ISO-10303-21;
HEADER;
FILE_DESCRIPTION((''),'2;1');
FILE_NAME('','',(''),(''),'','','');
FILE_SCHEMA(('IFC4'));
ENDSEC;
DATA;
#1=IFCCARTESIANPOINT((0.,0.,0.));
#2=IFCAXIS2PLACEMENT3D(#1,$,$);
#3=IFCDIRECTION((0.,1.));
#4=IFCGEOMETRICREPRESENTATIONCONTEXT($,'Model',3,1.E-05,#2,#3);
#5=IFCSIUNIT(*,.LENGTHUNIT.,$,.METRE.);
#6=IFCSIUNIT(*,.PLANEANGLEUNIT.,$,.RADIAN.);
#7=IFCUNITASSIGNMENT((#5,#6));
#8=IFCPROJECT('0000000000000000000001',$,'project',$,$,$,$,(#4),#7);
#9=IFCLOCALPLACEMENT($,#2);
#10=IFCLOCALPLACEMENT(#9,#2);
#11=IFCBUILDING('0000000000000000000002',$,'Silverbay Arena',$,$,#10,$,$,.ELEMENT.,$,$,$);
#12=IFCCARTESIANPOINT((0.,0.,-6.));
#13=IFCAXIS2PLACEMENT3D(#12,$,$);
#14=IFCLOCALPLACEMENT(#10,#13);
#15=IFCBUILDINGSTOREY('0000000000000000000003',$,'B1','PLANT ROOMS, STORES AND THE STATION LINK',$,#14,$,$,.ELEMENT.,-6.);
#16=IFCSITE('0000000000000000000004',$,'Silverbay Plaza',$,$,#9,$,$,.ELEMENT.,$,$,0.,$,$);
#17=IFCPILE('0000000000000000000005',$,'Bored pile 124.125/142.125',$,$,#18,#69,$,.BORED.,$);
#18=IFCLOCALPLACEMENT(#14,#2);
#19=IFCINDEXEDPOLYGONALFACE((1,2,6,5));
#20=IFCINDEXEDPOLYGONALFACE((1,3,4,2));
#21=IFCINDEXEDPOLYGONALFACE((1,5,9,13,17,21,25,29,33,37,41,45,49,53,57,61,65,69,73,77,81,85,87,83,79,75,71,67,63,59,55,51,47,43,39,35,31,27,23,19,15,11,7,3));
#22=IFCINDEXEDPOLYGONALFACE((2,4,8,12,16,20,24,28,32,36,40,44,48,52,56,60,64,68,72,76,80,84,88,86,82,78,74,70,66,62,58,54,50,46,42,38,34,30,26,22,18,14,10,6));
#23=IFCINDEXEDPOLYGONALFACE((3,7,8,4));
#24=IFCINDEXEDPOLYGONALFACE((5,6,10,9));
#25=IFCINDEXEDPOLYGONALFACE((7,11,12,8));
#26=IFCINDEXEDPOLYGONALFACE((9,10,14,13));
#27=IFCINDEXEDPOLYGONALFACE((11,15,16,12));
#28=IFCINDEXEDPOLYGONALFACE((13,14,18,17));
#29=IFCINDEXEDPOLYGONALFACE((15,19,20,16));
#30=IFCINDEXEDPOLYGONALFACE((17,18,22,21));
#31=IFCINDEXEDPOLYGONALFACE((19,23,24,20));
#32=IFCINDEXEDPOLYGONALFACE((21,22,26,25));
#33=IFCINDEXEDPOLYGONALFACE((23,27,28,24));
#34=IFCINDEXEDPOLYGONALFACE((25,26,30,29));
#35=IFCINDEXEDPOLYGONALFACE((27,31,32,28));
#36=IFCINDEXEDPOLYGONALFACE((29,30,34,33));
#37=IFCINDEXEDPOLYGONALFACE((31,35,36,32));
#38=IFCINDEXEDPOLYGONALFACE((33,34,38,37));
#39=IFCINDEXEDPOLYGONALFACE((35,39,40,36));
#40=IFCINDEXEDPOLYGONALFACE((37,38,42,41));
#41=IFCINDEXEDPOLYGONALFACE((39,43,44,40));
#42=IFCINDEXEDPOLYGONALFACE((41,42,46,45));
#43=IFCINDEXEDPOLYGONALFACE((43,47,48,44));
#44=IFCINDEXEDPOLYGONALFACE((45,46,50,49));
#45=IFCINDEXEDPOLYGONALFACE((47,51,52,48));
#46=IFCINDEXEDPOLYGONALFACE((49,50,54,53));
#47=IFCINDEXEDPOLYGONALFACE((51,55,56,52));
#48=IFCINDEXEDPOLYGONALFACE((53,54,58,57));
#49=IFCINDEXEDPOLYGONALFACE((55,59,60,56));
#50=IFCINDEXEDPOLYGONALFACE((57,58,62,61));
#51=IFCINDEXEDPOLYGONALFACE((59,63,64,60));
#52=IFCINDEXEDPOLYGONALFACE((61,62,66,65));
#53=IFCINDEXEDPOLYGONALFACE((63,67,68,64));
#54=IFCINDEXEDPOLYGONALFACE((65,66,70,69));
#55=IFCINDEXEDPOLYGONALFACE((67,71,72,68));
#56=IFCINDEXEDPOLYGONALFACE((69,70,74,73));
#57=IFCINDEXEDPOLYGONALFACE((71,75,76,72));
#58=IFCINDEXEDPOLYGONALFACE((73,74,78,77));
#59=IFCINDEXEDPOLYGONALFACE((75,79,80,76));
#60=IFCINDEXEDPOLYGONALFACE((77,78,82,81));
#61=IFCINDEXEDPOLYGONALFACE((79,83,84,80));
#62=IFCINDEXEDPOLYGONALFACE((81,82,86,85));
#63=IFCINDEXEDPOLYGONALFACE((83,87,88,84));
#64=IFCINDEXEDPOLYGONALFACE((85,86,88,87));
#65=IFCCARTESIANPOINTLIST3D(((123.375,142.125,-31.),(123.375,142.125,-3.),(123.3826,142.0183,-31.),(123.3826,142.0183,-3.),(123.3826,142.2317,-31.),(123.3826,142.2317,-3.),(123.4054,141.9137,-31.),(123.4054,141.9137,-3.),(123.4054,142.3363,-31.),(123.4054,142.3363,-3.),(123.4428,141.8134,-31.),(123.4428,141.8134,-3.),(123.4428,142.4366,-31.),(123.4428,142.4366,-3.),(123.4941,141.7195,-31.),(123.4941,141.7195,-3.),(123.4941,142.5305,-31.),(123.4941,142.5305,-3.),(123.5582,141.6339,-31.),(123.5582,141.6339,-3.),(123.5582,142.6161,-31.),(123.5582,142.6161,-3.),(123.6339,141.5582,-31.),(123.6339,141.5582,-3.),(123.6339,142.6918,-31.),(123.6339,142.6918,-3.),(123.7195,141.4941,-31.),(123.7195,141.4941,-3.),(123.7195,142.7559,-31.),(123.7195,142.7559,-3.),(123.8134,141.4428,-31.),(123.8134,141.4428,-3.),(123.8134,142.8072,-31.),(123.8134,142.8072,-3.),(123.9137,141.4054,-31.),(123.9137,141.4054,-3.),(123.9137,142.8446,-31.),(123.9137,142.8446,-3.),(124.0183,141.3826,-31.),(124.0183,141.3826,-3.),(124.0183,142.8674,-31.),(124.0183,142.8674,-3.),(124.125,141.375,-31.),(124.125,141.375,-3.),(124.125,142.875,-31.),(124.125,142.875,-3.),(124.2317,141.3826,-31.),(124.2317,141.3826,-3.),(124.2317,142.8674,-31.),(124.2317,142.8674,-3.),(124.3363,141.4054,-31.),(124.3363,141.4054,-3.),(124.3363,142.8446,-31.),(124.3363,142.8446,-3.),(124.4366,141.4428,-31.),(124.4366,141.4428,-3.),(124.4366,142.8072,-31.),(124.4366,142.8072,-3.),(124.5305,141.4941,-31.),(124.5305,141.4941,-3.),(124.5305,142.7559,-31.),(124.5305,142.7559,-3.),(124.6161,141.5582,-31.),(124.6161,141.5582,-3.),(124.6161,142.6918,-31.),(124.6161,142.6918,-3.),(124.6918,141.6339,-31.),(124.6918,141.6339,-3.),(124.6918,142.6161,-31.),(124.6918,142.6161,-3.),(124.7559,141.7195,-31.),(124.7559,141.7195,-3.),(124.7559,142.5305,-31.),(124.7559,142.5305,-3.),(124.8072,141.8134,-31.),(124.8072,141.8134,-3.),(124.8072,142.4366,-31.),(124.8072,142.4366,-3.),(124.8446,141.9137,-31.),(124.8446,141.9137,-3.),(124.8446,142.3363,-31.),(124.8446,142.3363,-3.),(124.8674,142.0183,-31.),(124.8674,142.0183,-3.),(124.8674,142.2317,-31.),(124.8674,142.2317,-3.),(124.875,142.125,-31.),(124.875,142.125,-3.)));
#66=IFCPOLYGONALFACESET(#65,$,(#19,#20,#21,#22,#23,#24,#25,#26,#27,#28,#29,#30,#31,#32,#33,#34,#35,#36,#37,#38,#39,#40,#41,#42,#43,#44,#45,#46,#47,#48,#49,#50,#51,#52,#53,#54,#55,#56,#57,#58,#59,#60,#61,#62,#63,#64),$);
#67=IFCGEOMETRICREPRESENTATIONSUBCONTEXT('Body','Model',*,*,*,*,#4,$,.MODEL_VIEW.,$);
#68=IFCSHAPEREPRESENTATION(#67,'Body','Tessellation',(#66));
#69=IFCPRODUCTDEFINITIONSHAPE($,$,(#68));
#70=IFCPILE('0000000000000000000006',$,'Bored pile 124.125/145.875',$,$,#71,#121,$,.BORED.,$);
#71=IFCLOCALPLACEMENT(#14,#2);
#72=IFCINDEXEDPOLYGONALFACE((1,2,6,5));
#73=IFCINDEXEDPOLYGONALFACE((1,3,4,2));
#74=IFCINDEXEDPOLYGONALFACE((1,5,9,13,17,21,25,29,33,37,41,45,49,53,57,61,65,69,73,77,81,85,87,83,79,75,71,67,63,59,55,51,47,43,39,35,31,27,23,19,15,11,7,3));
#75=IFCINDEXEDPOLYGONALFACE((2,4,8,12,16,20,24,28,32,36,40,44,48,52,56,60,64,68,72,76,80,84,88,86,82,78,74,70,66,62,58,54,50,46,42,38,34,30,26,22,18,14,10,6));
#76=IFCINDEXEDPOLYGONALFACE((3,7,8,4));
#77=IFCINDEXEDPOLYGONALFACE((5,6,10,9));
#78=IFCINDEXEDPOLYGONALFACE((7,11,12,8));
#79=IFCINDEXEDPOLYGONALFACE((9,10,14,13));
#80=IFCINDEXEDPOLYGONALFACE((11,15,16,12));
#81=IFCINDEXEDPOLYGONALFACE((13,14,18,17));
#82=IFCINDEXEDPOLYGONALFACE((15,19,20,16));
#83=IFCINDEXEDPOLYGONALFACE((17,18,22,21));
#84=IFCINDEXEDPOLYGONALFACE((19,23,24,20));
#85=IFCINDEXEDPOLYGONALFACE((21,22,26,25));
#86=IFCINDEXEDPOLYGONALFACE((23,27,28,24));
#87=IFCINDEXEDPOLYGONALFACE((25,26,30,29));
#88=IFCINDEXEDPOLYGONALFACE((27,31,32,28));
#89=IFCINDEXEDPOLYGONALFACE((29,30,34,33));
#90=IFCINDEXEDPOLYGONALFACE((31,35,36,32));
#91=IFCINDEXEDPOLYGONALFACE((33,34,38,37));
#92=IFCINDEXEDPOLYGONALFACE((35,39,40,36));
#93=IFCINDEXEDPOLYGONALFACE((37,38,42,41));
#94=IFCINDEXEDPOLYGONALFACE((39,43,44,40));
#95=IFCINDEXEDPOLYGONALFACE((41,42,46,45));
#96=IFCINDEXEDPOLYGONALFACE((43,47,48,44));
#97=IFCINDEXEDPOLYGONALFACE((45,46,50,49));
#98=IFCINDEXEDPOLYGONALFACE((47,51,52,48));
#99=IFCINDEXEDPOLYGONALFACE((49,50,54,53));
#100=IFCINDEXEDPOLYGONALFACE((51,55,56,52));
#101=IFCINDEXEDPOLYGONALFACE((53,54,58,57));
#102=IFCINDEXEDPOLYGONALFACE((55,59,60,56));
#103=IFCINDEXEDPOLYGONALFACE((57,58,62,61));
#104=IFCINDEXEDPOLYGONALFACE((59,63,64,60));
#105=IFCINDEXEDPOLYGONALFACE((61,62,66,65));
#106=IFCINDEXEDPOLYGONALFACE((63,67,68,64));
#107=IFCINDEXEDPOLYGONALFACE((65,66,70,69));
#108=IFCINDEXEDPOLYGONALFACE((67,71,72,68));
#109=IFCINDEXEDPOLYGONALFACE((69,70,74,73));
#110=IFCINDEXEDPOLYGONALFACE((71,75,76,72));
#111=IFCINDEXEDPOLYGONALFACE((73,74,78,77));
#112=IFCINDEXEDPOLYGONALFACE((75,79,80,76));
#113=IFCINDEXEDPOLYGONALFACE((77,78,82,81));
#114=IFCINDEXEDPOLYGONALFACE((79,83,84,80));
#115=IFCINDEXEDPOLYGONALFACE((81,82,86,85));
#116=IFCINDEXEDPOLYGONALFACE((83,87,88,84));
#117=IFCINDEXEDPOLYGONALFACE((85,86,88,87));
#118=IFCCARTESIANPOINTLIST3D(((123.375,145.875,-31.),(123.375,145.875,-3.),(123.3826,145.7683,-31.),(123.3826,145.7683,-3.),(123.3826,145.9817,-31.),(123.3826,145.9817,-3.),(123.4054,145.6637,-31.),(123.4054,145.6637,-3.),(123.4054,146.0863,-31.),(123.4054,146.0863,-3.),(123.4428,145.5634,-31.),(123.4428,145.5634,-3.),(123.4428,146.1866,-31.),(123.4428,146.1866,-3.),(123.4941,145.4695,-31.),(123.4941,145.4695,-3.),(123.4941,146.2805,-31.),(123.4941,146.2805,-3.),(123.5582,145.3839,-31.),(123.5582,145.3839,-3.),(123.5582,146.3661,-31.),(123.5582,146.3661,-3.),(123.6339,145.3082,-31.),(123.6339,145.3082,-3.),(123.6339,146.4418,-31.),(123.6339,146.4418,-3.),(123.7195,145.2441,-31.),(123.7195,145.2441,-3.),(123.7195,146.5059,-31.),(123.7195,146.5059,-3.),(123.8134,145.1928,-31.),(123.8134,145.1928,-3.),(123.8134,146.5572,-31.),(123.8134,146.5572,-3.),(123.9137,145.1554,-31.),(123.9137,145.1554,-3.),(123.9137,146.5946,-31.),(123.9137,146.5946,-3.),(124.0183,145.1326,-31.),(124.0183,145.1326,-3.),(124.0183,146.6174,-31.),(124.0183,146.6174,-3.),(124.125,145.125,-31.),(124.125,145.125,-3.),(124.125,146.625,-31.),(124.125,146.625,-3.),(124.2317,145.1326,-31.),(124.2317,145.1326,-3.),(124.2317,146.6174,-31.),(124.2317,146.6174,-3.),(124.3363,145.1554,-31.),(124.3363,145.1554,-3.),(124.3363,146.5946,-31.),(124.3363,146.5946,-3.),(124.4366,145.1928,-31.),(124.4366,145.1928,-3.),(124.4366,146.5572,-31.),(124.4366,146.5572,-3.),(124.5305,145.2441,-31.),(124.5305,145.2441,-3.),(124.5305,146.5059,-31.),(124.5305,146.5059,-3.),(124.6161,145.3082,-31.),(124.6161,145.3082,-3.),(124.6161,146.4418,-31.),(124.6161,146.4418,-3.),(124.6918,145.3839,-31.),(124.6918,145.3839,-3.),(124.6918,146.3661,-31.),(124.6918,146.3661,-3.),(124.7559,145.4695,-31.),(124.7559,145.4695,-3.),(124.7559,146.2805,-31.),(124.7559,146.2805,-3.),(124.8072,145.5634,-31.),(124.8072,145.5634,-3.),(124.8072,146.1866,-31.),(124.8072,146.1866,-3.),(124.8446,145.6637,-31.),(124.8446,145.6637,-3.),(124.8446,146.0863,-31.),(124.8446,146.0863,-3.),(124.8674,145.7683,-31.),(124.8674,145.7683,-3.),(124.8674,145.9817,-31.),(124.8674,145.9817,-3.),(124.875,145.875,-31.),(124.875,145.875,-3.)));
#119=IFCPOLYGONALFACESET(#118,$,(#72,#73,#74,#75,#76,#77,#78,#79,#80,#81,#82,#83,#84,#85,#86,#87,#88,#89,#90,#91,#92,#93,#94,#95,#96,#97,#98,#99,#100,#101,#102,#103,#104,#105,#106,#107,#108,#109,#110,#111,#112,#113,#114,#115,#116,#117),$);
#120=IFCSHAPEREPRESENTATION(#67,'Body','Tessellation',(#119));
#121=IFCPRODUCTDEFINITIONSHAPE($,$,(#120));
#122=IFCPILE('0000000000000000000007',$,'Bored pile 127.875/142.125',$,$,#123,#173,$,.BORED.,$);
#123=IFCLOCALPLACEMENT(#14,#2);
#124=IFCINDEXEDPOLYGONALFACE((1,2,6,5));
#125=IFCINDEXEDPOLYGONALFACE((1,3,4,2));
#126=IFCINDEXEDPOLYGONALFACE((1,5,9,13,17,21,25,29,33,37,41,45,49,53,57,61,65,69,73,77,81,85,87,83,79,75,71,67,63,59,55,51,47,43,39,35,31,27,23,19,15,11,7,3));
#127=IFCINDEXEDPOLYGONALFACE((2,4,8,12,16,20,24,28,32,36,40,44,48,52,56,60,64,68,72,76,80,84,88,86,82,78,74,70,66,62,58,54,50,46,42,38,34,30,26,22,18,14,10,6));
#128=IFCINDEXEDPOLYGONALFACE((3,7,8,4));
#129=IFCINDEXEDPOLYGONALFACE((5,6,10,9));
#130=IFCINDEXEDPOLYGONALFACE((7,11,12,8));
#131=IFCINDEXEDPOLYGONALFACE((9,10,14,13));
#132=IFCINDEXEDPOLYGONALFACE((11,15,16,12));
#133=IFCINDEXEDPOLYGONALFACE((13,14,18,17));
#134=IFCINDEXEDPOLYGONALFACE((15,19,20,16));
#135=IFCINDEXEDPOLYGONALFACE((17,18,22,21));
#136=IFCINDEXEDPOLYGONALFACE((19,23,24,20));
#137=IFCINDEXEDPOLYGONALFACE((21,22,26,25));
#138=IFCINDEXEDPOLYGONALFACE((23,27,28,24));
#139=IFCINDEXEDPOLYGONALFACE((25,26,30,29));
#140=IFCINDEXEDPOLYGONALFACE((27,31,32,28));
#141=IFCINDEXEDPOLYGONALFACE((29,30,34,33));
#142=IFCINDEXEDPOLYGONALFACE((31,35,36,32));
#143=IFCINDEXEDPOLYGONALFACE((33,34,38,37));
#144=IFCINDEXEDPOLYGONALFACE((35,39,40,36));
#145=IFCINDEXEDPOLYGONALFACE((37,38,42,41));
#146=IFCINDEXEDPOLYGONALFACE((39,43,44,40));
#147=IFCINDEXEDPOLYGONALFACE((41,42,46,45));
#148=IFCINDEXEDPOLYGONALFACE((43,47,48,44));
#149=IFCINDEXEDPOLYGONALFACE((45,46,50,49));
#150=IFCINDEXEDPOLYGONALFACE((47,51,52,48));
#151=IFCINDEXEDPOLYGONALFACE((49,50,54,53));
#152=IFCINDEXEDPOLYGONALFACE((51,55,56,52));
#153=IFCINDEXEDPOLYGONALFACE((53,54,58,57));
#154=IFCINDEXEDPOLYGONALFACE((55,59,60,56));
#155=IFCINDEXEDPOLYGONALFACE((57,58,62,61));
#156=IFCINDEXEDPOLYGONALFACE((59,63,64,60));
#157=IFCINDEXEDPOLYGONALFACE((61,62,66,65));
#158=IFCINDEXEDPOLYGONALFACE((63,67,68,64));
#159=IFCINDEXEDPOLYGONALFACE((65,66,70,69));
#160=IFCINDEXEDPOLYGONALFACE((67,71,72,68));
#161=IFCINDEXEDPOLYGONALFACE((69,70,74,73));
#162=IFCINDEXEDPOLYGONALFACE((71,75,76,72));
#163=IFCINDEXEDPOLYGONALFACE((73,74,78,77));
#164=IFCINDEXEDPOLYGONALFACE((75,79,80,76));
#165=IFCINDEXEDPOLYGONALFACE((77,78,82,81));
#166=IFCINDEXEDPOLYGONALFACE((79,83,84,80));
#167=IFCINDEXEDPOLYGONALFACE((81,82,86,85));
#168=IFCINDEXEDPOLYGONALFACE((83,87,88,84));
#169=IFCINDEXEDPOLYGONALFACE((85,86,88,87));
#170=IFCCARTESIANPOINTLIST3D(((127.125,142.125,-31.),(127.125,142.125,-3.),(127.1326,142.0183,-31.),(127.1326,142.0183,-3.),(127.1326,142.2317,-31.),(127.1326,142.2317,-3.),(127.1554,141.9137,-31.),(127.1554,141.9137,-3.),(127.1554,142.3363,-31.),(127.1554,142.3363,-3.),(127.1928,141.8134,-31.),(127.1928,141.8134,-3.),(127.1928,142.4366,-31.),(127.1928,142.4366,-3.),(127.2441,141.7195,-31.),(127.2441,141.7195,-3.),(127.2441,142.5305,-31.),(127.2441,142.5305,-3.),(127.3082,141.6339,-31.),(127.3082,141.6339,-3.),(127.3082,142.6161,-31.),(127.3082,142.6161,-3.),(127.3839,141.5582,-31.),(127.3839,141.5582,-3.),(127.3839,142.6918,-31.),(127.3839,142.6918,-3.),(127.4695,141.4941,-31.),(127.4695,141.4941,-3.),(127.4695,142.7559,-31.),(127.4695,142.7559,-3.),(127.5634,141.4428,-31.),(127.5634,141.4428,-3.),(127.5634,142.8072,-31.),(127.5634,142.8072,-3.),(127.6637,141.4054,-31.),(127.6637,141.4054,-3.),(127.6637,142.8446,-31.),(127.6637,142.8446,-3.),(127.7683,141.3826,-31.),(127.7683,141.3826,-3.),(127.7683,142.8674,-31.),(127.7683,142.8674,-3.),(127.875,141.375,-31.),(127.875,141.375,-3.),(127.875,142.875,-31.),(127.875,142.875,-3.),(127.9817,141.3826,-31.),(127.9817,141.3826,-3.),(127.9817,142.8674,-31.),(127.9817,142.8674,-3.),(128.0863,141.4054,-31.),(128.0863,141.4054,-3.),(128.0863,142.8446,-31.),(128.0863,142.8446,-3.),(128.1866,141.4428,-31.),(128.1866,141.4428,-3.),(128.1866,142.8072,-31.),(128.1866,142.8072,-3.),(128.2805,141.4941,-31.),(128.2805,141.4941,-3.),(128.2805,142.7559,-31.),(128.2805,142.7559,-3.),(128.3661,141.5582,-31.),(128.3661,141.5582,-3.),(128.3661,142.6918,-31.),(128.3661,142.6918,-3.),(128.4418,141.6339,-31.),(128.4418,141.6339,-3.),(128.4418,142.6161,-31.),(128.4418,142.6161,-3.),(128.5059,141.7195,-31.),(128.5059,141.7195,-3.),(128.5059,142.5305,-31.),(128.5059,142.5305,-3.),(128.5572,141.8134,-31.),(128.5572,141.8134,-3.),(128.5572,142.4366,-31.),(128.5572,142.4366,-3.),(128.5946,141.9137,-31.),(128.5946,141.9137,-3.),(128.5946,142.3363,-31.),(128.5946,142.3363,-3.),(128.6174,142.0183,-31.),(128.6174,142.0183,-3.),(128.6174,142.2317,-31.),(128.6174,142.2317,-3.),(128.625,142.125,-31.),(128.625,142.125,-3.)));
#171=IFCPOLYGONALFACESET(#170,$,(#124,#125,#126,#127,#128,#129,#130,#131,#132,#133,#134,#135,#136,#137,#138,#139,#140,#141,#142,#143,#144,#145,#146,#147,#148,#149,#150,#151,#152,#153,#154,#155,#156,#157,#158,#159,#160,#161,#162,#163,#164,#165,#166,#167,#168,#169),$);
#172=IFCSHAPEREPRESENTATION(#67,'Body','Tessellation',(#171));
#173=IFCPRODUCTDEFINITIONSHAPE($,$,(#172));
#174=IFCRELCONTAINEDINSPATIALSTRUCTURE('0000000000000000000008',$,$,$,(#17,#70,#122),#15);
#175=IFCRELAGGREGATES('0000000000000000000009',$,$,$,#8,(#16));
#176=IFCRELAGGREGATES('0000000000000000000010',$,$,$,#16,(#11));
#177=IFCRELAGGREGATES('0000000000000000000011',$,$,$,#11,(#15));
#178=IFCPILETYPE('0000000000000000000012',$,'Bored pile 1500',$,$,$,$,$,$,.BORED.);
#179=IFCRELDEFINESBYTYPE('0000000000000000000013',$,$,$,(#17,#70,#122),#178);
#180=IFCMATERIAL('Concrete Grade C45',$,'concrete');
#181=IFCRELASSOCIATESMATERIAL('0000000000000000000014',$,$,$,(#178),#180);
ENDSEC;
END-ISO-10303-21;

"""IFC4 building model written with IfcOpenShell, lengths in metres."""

from ifc_helpers import new_model, si_unit, direction, frame, origin, origin_2d, place, context, subcontext, project, spatial, circle, extrude, material, material_profile, profile_set, type_object, element, save


model = new_model("IFC4")

# Units and contexts
model_context = context("Model", 3, precision=1e-05, world=origin(), true_north=direction((0.0, 1.0)))
body_context = subcontext(model_context, "Body", "Model", "MODEL_VIEW")
ifc_project = project(units=[si_unit("LENGTHUNIT", "METRE"), si_unit("PLANEANGLEUNIT", "RADIAN")], contexts=[model_context])

# Site, building, storey
site_placement = place(None, origin())
site = spatial("IfcSite", under=ifc_project, at=site_placement, Name="Silverbay Plaza", CompositionType="ELEMENT", RefElevation=0.0)
building_placement = place(site_placement, origin())
building = spatial("IfcBuilding", under=site, at=building_placement, Name="Silverbay Arena", CompositionType="ELEMENT")
storey_placement = place(building_placement, frame((0.0, 0.0, -6.0)))
storey = spatial("IfcBuildingStorey", under=building, at=storey_placement, Name="B1", Description="PLANT ROOMS, STORES AND THE STATION LINK", CompositionType="ELEMENT", Elevation=-6.0)

# Piles
ifc_material_1 = material(Name="Concrete Grade C45", Category="concrete")
ifc_material_profile_1 = material_profile(ifc_material_1, circle(Radius=0.75, at=origin_2d()), Name="Bored pile 1500")
ifc_profile_set_1 = profile_set([ifc_material_profile_1], Name="Concrete Grade C45")
pile_type_1 = type_object("IfcPileType", Name="Bored pile 1500", PredefinedType="BORED", material=ifc_profile_set_1)
for number, where, z_axis, x_axis, name in (
    (1, (124.125, 142.125, -3.0), (0.0, 0.0, -1.0), (1.0, 0.0, 0.0), "Bored pile 124.125/142.125"),
    (2, (124.125, 145.875, -3.0), (0.0, 0.0, -1.0), (1.0, 0.0, 0.0), "Bored pile 124.125/145.875"),
    (3, (127.875, 142.125, -3.0), (0.0, 0.0, -1.0), (1.0, 0.0, 0.0), "Bored pile 127.875/142.125"),
):
    element("IfcPile", number, at=place(storey_placement, frame(where, z_axis=z_axis, x_axis=x_axis)), inside=storey, type_object=pile_type_1, Name=name, PredefinedType="BORED", context=body_context, shape_type="SweptSolid", body=[
        extrude(circle(Radius=0.75, at=origin_2d()), origin(), (0.0, 0.0, 1.0), 28.0),
    ])

save(model, "model.ifc")
